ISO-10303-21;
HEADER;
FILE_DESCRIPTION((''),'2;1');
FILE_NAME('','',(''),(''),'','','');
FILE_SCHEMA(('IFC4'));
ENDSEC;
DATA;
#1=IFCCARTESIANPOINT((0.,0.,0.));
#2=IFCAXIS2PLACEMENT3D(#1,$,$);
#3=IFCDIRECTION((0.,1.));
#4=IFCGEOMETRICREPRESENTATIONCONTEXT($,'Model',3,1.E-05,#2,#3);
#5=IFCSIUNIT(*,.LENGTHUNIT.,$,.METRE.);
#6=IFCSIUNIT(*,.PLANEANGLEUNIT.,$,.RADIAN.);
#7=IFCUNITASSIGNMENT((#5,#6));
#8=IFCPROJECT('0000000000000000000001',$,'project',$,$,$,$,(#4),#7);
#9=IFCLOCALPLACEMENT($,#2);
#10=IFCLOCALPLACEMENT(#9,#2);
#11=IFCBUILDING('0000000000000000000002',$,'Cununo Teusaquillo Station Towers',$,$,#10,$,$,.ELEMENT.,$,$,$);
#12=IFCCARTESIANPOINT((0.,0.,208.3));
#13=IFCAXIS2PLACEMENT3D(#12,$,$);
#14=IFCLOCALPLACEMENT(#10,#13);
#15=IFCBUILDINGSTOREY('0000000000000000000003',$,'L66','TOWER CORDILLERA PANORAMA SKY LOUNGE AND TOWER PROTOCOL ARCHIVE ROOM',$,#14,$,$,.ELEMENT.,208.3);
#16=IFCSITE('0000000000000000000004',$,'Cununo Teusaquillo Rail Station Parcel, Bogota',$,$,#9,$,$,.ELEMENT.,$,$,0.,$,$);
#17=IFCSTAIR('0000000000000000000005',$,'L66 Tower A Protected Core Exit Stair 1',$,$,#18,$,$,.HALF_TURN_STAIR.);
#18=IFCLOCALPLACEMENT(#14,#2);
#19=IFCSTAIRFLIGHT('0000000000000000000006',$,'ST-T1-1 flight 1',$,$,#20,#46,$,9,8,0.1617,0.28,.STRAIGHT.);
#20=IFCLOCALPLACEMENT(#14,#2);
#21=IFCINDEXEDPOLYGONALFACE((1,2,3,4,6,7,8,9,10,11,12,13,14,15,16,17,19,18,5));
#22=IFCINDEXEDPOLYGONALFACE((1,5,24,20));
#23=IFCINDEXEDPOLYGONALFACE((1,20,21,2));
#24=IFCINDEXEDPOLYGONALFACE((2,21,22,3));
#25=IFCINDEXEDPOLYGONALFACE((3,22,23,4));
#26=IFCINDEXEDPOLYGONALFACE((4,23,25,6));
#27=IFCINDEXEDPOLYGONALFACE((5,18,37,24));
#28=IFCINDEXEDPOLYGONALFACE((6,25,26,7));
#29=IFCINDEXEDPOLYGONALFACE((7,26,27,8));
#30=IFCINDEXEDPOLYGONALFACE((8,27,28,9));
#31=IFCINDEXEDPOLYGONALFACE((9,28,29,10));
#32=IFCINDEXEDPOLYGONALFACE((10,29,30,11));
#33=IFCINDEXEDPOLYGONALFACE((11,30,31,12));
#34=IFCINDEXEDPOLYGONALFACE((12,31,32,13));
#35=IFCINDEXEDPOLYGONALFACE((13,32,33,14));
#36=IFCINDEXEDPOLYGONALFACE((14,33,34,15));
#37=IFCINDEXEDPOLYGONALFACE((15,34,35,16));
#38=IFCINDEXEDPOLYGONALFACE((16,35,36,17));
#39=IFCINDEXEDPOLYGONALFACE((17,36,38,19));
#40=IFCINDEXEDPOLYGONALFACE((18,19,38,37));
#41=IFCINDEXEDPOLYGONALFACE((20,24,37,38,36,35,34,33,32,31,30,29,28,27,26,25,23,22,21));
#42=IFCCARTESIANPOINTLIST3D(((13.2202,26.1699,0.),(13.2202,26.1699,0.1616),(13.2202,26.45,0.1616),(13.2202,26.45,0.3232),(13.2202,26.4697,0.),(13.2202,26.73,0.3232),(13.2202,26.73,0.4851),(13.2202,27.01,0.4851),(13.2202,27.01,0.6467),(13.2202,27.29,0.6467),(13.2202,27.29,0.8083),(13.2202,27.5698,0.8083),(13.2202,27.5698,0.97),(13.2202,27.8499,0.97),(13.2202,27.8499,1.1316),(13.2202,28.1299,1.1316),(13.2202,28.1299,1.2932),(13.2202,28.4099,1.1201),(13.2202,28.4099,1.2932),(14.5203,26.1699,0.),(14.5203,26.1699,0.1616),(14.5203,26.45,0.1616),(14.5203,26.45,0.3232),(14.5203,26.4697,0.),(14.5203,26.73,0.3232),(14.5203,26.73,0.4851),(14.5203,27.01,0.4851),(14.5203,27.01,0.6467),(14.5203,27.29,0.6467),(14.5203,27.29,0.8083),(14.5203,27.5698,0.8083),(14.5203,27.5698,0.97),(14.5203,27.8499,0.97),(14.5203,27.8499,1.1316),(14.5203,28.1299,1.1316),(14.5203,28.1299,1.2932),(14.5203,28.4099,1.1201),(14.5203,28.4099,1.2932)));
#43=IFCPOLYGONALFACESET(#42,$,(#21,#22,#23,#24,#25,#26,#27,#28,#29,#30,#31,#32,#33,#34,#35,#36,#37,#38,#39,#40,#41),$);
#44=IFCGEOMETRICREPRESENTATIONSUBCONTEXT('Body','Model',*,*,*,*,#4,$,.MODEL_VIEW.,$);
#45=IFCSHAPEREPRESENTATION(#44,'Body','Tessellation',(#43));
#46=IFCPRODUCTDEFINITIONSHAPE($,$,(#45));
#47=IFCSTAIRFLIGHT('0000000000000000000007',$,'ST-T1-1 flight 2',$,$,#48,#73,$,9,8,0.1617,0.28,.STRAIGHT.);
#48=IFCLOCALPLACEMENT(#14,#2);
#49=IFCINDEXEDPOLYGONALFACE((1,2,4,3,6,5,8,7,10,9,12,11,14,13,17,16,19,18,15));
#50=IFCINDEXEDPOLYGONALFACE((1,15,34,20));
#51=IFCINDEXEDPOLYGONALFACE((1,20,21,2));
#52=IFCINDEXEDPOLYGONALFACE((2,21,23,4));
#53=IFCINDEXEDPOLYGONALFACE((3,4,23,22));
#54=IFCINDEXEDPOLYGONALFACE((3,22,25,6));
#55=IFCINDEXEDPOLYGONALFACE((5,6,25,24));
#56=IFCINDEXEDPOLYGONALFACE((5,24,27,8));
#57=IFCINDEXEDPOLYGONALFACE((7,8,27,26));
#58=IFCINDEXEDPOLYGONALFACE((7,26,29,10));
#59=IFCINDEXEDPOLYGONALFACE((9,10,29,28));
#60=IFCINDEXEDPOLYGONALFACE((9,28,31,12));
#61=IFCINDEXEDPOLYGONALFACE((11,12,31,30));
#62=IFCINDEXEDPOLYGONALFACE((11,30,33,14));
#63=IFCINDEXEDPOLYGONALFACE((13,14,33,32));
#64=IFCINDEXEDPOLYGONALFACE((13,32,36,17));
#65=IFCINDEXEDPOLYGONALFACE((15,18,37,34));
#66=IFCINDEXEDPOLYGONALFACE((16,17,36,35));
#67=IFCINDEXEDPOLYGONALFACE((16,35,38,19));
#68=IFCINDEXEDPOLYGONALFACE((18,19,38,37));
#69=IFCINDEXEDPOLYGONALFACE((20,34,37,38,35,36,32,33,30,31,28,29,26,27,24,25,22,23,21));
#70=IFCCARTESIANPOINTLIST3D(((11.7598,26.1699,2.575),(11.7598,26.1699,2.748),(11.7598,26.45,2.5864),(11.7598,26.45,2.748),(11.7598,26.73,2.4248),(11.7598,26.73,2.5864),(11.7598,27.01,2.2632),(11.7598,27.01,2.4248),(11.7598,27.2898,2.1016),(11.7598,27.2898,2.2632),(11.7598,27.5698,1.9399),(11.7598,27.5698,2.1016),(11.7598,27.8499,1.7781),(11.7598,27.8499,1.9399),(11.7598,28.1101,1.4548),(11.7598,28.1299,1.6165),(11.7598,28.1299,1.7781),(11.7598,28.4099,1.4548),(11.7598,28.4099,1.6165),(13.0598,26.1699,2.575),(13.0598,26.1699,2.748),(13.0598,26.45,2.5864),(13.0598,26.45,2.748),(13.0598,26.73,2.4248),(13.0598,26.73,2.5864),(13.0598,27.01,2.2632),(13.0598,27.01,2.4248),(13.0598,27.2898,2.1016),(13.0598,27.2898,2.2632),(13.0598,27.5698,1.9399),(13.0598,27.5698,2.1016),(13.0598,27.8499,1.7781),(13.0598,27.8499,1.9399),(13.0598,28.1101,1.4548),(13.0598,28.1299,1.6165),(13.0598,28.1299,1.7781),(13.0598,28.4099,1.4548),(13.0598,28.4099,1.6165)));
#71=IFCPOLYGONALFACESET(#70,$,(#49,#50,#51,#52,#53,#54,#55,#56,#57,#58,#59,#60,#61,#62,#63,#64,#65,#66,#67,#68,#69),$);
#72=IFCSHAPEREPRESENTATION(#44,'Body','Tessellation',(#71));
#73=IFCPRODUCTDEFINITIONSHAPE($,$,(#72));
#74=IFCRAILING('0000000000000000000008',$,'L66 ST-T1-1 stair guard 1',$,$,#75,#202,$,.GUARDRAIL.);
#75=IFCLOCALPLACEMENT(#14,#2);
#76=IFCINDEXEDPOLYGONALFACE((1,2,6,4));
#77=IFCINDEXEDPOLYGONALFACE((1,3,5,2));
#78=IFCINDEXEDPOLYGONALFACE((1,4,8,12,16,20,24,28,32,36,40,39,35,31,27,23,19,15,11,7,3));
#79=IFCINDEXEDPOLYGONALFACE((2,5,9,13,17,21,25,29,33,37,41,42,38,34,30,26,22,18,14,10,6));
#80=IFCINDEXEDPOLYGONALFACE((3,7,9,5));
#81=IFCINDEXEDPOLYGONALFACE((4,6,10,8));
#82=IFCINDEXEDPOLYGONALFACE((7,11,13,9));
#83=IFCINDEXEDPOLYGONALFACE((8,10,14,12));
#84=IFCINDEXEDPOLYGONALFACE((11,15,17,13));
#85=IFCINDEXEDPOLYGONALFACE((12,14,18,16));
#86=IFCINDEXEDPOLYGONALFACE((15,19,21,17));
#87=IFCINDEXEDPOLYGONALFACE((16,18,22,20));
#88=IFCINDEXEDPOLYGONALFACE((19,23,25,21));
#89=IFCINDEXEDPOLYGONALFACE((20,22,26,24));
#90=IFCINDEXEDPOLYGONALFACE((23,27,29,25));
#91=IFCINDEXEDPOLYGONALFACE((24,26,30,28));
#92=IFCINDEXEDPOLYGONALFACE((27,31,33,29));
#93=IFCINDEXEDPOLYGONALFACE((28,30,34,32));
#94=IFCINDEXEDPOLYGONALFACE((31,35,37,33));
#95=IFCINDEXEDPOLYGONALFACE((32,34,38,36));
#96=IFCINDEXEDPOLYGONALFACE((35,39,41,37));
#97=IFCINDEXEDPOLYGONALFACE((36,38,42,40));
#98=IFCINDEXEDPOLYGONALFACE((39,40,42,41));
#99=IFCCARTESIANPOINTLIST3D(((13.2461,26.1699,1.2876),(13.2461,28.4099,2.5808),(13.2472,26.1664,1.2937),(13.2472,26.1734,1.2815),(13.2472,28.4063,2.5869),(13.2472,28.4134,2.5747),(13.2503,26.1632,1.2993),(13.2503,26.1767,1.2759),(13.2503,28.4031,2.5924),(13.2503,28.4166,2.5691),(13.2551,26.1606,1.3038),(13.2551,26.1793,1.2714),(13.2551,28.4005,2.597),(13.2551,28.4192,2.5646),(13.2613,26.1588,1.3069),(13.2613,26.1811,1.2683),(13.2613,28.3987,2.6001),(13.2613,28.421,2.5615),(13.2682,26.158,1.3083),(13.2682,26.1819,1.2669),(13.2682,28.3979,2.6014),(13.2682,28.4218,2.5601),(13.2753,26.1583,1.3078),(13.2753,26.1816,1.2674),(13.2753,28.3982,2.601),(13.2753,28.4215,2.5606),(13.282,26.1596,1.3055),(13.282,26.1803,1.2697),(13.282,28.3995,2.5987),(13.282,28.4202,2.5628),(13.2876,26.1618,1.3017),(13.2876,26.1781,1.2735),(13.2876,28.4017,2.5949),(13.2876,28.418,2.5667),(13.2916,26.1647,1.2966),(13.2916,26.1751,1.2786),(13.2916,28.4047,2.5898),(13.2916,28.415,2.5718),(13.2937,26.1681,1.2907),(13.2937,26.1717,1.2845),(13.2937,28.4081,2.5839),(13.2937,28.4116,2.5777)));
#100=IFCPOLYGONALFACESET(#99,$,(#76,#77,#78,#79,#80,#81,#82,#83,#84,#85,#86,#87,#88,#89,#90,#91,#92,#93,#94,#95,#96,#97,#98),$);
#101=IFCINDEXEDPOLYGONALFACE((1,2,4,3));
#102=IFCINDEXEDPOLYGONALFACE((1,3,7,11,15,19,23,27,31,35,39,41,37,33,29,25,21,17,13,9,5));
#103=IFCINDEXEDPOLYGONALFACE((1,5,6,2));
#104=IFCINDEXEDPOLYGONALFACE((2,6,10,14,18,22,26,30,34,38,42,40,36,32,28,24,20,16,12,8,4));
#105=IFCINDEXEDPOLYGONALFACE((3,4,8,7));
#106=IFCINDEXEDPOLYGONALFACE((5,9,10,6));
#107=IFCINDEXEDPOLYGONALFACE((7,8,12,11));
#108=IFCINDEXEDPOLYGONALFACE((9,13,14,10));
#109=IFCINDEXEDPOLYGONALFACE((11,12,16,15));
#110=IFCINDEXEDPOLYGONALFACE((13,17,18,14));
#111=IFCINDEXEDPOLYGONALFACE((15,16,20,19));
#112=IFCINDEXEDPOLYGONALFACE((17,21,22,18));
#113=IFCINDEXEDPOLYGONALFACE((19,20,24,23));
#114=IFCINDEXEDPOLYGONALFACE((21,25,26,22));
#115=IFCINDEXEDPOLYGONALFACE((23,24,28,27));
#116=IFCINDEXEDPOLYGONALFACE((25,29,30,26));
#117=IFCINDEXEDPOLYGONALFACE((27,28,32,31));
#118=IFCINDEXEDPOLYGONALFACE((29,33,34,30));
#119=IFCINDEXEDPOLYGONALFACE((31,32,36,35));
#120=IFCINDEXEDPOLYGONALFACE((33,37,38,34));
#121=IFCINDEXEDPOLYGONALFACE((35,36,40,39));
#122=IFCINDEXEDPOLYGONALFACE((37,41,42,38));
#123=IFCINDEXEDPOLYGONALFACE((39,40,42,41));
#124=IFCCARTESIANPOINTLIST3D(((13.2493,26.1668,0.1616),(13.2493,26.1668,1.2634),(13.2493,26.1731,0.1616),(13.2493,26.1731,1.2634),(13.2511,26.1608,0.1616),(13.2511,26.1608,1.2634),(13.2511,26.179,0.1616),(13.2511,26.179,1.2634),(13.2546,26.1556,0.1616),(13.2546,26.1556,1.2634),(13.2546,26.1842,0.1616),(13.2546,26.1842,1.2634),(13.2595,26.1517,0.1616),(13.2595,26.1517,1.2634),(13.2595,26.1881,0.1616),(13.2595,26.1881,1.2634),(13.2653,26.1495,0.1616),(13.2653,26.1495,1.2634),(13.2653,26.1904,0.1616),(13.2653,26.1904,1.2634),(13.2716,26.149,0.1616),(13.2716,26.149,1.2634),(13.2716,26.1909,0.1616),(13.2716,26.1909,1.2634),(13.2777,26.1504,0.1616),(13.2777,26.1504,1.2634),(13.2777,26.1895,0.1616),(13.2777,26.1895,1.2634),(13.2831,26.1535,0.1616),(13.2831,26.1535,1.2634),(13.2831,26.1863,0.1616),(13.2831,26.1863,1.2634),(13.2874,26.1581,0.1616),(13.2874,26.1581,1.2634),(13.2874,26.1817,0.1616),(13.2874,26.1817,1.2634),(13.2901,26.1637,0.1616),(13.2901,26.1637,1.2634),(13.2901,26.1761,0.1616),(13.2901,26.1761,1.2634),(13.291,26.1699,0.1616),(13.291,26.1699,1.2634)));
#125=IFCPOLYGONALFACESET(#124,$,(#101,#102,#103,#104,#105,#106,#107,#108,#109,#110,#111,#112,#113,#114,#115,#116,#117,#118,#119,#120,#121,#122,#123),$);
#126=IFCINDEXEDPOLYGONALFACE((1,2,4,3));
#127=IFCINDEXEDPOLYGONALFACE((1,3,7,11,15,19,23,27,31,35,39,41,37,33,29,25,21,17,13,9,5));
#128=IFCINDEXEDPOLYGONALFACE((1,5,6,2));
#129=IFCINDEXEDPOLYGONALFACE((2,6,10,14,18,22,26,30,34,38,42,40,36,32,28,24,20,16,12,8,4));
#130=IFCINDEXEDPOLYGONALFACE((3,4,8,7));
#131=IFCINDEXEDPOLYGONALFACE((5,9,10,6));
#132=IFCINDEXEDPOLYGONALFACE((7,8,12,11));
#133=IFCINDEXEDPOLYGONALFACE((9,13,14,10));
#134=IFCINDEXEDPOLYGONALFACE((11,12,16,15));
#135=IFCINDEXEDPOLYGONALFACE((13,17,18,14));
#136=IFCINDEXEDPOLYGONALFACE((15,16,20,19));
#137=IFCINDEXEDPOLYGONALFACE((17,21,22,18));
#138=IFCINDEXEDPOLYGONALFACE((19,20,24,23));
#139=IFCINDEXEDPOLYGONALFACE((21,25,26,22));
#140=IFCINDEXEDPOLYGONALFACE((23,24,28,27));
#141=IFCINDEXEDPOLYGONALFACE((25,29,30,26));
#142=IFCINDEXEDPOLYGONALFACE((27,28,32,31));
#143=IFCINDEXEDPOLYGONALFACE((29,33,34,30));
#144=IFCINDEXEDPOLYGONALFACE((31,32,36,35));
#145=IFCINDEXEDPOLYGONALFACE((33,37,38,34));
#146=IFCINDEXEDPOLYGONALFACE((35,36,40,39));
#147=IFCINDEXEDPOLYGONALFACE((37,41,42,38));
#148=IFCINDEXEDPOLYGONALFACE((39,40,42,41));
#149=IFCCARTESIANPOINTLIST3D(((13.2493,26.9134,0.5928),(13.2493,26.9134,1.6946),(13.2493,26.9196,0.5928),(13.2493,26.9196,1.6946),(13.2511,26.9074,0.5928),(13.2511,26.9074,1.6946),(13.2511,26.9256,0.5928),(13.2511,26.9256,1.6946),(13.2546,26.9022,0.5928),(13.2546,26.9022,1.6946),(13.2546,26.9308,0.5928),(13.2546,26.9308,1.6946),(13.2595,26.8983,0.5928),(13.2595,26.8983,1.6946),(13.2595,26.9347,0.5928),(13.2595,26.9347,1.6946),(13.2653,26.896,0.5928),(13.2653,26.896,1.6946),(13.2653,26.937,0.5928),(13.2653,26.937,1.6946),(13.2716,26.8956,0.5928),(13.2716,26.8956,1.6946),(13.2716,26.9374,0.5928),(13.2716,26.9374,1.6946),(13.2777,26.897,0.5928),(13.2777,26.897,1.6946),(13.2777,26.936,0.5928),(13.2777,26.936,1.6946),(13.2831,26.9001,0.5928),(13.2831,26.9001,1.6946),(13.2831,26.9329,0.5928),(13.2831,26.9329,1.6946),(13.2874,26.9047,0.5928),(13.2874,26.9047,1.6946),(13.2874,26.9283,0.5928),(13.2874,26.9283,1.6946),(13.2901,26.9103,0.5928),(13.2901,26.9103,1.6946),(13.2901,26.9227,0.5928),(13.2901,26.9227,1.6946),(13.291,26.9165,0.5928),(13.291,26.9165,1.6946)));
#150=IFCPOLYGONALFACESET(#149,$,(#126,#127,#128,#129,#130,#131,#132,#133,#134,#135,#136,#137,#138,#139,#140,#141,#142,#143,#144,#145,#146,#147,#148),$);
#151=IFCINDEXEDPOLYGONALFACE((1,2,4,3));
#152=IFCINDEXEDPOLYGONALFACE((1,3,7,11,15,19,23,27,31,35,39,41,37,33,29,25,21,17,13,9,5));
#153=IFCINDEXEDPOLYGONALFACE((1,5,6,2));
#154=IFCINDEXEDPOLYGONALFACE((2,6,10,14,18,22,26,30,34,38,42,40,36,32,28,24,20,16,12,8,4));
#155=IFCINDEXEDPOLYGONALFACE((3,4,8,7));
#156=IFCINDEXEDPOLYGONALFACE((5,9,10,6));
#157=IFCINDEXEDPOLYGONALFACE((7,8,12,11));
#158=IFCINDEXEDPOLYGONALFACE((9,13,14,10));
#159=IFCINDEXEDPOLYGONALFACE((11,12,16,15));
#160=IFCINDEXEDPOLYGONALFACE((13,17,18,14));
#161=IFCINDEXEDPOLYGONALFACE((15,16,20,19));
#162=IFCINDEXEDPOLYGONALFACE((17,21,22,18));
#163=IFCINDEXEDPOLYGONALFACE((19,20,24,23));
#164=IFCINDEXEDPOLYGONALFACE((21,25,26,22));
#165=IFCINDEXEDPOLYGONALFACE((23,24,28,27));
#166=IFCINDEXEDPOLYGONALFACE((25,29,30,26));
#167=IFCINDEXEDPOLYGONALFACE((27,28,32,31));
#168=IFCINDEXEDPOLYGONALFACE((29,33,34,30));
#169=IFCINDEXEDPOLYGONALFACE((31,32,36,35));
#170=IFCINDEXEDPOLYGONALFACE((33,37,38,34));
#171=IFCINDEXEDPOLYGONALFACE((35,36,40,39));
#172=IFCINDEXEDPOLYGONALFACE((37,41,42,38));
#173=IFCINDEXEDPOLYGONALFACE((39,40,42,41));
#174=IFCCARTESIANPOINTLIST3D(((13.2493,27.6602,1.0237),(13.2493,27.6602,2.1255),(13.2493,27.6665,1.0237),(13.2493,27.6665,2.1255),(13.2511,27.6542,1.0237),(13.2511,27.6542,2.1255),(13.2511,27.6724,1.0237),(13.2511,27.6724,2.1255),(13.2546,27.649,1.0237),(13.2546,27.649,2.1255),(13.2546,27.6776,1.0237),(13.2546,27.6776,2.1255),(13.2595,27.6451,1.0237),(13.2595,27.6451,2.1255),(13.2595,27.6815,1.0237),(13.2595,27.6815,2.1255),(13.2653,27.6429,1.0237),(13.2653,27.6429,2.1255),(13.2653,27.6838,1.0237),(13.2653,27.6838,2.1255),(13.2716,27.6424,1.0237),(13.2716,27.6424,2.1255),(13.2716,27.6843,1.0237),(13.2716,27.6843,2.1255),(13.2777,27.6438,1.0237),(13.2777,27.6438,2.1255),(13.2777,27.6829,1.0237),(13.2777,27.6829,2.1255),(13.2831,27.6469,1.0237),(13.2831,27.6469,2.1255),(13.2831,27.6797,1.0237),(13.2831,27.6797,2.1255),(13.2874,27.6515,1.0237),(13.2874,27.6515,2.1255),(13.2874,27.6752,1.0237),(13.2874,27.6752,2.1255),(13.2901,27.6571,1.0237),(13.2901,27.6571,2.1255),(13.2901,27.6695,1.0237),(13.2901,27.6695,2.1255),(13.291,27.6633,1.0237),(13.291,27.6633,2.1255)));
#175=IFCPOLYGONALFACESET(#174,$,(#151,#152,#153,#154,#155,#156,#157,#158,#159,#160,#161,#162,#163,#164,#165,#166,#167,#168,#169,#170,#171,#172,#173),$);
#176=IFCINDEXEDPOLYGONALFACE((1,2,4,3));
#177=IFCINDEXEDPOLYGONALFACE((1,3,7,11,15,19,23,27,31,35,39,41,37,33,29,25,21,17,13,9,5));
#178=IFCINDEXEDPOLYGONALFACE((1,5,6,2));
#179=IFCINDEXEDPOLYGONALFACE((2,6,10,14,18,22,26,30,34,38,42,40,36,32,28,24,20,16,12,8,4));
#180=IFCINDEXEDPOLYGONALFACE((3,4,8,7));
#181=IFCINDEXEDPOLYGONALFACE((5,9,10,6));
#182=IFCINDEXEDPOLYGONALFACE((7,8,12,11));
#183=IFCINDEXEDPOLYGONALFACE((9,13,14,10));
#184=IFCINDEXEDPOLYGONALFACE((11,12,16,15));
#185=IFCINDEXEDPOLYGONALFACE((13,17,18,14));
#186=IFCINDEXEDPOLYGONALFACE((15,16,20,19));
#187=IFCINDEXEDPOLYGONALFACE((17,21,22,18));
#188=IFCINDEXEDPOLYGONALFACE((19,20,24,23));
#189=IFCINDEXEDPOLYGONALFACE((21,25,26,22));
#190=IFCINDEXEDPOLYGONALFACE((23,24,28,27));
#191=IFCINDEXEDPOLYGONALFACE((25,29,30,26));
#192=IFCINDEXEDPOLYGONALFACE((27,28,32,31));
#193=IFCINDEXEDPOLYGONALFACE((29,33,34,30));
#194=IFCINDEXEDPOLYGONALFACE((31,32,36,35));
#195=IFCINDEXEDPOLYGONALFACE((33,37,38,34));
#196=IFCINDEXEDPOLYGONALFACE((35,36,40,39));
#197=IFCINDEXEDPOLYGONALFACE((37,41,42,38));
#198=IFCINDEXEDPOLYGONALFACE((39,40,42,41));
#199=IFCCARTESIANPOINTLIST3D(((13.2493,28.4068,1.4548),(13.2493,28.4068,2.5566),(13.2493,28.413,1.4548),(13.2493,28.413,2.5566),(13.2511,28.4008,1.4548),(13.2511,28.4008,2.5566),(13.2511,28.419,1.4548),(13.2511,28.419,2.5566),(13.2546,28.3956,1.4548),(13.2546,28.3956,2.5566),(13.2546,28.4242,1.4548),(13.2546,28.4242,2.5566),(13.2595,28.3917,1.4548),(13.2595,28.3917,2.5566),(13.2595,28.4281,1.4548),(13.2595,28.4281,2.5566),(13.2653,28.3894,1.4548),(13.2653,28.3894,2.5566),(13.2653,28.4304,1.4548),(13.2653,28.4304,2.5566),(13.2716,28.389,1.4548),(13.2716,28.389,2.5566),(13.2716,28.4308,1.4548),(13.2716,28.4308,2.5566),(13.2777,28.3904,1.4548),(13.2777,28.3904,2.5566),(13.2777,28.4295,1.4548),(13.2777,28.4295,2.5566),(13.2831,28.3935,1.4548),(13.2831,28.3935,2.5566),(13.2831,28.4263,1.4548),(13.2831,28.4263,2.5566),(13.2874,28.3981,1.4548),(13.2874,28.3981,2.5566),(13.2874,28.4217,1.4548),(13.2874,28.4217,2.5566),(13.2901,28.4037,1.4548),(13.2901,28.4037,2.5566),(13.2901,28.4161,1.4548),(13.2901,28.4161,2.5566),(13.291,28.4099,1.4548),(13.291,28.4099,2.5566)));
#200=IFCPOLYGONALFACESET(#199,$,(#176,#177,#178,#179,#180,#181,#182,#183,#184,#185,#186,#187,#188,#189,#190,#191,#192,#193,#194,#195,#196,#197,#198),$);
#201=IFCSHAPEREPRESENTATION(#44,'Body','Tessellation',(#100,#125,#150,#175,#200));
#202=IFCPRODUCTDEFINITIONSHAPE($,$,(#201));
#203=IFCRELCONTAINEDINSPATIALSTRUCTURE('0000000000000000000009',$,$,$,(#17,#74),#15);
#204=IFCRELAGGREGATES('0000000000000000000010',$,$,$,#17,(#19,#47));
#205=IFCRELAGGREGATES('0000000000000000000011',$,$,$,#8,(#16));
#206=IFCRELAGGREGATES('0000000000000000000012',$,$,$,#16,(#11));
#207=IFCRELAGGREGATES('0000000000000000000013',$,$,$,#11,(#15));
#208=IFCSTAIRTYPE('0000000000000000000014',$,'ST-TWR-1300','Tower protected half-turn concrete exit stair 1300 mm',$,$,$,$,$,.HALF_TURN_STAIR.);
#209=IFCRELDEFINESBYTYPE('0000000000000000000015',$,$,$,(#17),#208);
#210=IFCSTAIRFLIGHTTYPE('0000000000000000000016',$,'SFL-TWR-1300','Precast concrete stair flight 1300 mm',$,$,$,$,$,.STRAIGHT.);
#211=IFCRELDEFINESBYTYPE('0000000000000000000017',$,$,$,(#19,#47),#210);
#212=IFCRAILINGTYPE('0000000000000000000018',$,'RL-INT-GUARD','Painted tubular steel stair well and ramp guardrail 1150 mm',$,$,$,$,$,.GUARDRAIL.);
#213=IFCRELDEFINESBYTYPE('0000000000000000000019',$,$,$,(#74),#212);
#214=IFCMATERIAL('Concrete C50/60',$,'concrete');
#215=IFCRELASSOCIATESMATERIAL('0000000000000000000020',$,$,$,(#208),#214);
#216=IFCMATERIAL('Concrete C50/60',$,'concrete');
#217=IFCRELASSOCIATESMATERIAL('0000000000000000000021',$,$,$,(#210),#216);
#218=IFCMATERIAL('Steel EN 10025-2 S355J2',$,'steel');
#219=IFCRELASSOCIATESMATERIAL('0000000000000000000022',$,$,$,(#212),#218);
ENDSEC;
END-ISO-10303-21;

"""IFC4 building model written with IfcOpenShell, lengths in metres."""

from ifc_helpers import new_model, si_unit, direction, frame, origin, origin_2d, place, context, subcontext, project, spatial, polyline, circle, outline, extrude, material, type_object, element, aggregate, save


model = new_model("IFC4")

# Units and contexts
model_context = context("Model", 3, precision=1e-05, world=origin(), true_north=direction((0.0, 1.0)))
body_context = subcontext(model_context, "Body", "Model", "MODEL_VIEW")
ifc_project = project(units=[si_unit("LENGTHUNIT", "METRE"), si_unit("PLANEANGLEUNIT", "RADIAN")], contexts=[model_context])

# Site, building, storey
site_placement = place(None, origin())
site = spatial("IfcSite", under=ifc_project, at=site_placement, Name="Cununo Teusaquillo Rail Station Parcel, Bogota", CompositionType="ELEMENT", RefElevation=0.0)
building_placement = place(site_placement, origin())
building = spatial("IfcBuilding", under=site, at=building_placement, Name="Cununo Teusaquillo Station Towers", CompositionType="ELEMENT")
storey_placement = place(building_placement, frame((0.0, 0.0, 208.3)))
storey = spatial("IfcBuildingStorey", under=building, at=storey_placement, Name="L66", Description="TOWER CORDILLERA PANORAMA SKY LOUNGE AND TOWER PROTOCOL ARCHIVE ROOM", CompositionType="ELEMENT", Elevation=208.3)

# Stair, stair flights
ifc_material_1 = material(Name="Concrete C50/60", Category="concrete")
stair_type = type_object("IfcStairType", Name="ST-TWR-1300", Description="Tower protected half-turn concrete exit stair 1300 mm", PredefinedType="HALF_TURN_STAIR", material=ifc_material_1)
stair_placement = place(storey_placement, origin())
stair = element("IfcStair", 1, at=stair_placement, inside=storey, type_object=stair_type, Name="L66 Tower A Protected Core Exit Stair 1", PredefinedType="HALF_TURN_STAIR")
ifc_material_2 = material(Name="Concrete C50/60", Category="concrete")
stair_flight_type = type_object("IfcStairFlightType", Name="SFL-TWR-1300", Description="Precast concrete stair flight 1300 mm", PredefinedType="STRAIGHT", material=ifc_material_2)
stair_flight_1_placement = place(storey_placement, frame((13.8701, 26.1699, 0.0), z_axis=(0.0, 0.0, 1.0), x_axis=(0.0, 1.0, 0.0)))
stair_flight_1 = element("IfcStairFlight", 2, at=stair_flight_1_placement, type_object=stair_flight_type, Name="ST-T1-1 flight 1", NumberOfRisers=9, NumberOfTreads=8, PredefinedType="STRAIGHT", RiserHeight=0.1617, TreadLength=0.28, context=body_context, shape_type="SweptSolid", body=[
    extrude(outline(polyline([(0.0, 0.0), (0.0, 0.1616), (0.28, 0.1616), (0.28, 0.3232), (0.5601, 0.3232), (0.5601, 0.4851), (0.8401, 0.4851), (0.8401, 0.6467), (1.1201, 0.6467), (1.1201, 0.8083), (1.3999, 0.8083), (1.3999, 0.97), (1.6799, 0.97), (1.6799, 1.1316), (1.96, 1.1316), (1.96, 1.2932), (2.24, 1.2932), (2.24, 1.4551), (2.24, 1.1201), (0.2998, 0.0), (0.0, 0.0)])), frame((0.0, 0.6499, 0.0), z_axis=(0.0, -1.0, 0.0), x_axis=(1.0, 0.0, 0.0)), (0.0, 0.0, 1.0), 1.3),
])
stair_flight_2_placement = place(storey_placement, frame((12.4099, 28.4099, 1.4548), z_axis=(0.0, 0.0, 1.0), x_axis=(0.0, -1.0, 0.0)))
stair_flight_2 = element("IfcStairFlight", 3, at=stair_flight_2_placement, type_object=stair_flight_type, Name="ST-T1-1 flight 2", NumberOfRisers=9, NumberOfTreads=8, PredefinedType="STRAIGHT", RiserHeight=0.1617, TreadLength=0.28, context=body_context, shape_type="SweptSolid", body=[
    extrude(outline(polyline([(0.0, 0.0), (0.0, 0.1616), (0.28, 0.1616), (0.28, 0.3232), (0.5601, 0.3232), (0.5601, 0.4851), (0.8401, 0.4851), (0.8401, 0.6467), (1.1201, 0.6467), (1.1201, 0.8083), (1.3999, 0.8083), (1.3999, 0.97), (1.6799, 0.97), (1.6799, 1.1316), (1.96, 1.1316), (1.96, 1.2932), (2.24, 1.2932), (2.24, 1.4551), (2.24, 1.1201), (0.2998, 0.0), (0.0, 0.0)])), frame((0.0, 0.6499, 0.0), z_axis=(0.0, -1.0, 0.0), x_axis=(1.0, 0.0, 0.0)), (0.0, 0.0, 1.0), 1.3),
])
aggregate(stair, [stair_flight_1, stair_flight_2])

# Railing
ifc_material_3 = material(Name="Steel EN 10025-2 S355J2", Category="steel")
railing_type_1 = type_object("IfcRailingType", Name="RL-INT-GUARD", Description="Painted tubular steel stair well and ramp guardrail 1150 mm", PredefinedType="GUARDRAIL", material=ifc_material_3)
railing_1_placement = place(storey_placement, frame((13.27, 26.1699, 0.1616)))
element("IfcRailing", 4, at=railing_1_placement, inside=storey, type_object=railing_type_1, Name="L66 ST-T1-1 stair guard 1", PredefinedType="GUARDRAIL", context=body_context, shape_type="SweptSolid", body=[
    extrude(circle(Radius=0.0239, at=origin_2d()), frame((0.0, 0.0, 1.126), z_axis=(0.0, 0.866033, 0.499987), x_axis=(-1.0, 0.0, 0.0)), (0.0, 0.0, 1.0), 2.5864),
    extrude(circle(Radius=0.021, at=origin_2d()), origin(), (0.0, 0.0, 1.0), 1.1018),
    extrude(circle(Radius=0.021, at=origin_2d()), frame((0.0, 0.7466, 0.4312)), (0.0, 0.0, 1.0), 1.1018),
    extrude(circle(Radius=0.021, at=origin_2d()), frame((0.0, 1.4934, 0.8621)), (0.0, 0.0, 1.0), 1.1018),
    extrude(circle(Radius=0.021, at=origin_2d()), frame((0.0, 2.24, 1.2932)), (0.0, 0.0, 1.0), 1.1018),
])

save(model, "model.ifc")
